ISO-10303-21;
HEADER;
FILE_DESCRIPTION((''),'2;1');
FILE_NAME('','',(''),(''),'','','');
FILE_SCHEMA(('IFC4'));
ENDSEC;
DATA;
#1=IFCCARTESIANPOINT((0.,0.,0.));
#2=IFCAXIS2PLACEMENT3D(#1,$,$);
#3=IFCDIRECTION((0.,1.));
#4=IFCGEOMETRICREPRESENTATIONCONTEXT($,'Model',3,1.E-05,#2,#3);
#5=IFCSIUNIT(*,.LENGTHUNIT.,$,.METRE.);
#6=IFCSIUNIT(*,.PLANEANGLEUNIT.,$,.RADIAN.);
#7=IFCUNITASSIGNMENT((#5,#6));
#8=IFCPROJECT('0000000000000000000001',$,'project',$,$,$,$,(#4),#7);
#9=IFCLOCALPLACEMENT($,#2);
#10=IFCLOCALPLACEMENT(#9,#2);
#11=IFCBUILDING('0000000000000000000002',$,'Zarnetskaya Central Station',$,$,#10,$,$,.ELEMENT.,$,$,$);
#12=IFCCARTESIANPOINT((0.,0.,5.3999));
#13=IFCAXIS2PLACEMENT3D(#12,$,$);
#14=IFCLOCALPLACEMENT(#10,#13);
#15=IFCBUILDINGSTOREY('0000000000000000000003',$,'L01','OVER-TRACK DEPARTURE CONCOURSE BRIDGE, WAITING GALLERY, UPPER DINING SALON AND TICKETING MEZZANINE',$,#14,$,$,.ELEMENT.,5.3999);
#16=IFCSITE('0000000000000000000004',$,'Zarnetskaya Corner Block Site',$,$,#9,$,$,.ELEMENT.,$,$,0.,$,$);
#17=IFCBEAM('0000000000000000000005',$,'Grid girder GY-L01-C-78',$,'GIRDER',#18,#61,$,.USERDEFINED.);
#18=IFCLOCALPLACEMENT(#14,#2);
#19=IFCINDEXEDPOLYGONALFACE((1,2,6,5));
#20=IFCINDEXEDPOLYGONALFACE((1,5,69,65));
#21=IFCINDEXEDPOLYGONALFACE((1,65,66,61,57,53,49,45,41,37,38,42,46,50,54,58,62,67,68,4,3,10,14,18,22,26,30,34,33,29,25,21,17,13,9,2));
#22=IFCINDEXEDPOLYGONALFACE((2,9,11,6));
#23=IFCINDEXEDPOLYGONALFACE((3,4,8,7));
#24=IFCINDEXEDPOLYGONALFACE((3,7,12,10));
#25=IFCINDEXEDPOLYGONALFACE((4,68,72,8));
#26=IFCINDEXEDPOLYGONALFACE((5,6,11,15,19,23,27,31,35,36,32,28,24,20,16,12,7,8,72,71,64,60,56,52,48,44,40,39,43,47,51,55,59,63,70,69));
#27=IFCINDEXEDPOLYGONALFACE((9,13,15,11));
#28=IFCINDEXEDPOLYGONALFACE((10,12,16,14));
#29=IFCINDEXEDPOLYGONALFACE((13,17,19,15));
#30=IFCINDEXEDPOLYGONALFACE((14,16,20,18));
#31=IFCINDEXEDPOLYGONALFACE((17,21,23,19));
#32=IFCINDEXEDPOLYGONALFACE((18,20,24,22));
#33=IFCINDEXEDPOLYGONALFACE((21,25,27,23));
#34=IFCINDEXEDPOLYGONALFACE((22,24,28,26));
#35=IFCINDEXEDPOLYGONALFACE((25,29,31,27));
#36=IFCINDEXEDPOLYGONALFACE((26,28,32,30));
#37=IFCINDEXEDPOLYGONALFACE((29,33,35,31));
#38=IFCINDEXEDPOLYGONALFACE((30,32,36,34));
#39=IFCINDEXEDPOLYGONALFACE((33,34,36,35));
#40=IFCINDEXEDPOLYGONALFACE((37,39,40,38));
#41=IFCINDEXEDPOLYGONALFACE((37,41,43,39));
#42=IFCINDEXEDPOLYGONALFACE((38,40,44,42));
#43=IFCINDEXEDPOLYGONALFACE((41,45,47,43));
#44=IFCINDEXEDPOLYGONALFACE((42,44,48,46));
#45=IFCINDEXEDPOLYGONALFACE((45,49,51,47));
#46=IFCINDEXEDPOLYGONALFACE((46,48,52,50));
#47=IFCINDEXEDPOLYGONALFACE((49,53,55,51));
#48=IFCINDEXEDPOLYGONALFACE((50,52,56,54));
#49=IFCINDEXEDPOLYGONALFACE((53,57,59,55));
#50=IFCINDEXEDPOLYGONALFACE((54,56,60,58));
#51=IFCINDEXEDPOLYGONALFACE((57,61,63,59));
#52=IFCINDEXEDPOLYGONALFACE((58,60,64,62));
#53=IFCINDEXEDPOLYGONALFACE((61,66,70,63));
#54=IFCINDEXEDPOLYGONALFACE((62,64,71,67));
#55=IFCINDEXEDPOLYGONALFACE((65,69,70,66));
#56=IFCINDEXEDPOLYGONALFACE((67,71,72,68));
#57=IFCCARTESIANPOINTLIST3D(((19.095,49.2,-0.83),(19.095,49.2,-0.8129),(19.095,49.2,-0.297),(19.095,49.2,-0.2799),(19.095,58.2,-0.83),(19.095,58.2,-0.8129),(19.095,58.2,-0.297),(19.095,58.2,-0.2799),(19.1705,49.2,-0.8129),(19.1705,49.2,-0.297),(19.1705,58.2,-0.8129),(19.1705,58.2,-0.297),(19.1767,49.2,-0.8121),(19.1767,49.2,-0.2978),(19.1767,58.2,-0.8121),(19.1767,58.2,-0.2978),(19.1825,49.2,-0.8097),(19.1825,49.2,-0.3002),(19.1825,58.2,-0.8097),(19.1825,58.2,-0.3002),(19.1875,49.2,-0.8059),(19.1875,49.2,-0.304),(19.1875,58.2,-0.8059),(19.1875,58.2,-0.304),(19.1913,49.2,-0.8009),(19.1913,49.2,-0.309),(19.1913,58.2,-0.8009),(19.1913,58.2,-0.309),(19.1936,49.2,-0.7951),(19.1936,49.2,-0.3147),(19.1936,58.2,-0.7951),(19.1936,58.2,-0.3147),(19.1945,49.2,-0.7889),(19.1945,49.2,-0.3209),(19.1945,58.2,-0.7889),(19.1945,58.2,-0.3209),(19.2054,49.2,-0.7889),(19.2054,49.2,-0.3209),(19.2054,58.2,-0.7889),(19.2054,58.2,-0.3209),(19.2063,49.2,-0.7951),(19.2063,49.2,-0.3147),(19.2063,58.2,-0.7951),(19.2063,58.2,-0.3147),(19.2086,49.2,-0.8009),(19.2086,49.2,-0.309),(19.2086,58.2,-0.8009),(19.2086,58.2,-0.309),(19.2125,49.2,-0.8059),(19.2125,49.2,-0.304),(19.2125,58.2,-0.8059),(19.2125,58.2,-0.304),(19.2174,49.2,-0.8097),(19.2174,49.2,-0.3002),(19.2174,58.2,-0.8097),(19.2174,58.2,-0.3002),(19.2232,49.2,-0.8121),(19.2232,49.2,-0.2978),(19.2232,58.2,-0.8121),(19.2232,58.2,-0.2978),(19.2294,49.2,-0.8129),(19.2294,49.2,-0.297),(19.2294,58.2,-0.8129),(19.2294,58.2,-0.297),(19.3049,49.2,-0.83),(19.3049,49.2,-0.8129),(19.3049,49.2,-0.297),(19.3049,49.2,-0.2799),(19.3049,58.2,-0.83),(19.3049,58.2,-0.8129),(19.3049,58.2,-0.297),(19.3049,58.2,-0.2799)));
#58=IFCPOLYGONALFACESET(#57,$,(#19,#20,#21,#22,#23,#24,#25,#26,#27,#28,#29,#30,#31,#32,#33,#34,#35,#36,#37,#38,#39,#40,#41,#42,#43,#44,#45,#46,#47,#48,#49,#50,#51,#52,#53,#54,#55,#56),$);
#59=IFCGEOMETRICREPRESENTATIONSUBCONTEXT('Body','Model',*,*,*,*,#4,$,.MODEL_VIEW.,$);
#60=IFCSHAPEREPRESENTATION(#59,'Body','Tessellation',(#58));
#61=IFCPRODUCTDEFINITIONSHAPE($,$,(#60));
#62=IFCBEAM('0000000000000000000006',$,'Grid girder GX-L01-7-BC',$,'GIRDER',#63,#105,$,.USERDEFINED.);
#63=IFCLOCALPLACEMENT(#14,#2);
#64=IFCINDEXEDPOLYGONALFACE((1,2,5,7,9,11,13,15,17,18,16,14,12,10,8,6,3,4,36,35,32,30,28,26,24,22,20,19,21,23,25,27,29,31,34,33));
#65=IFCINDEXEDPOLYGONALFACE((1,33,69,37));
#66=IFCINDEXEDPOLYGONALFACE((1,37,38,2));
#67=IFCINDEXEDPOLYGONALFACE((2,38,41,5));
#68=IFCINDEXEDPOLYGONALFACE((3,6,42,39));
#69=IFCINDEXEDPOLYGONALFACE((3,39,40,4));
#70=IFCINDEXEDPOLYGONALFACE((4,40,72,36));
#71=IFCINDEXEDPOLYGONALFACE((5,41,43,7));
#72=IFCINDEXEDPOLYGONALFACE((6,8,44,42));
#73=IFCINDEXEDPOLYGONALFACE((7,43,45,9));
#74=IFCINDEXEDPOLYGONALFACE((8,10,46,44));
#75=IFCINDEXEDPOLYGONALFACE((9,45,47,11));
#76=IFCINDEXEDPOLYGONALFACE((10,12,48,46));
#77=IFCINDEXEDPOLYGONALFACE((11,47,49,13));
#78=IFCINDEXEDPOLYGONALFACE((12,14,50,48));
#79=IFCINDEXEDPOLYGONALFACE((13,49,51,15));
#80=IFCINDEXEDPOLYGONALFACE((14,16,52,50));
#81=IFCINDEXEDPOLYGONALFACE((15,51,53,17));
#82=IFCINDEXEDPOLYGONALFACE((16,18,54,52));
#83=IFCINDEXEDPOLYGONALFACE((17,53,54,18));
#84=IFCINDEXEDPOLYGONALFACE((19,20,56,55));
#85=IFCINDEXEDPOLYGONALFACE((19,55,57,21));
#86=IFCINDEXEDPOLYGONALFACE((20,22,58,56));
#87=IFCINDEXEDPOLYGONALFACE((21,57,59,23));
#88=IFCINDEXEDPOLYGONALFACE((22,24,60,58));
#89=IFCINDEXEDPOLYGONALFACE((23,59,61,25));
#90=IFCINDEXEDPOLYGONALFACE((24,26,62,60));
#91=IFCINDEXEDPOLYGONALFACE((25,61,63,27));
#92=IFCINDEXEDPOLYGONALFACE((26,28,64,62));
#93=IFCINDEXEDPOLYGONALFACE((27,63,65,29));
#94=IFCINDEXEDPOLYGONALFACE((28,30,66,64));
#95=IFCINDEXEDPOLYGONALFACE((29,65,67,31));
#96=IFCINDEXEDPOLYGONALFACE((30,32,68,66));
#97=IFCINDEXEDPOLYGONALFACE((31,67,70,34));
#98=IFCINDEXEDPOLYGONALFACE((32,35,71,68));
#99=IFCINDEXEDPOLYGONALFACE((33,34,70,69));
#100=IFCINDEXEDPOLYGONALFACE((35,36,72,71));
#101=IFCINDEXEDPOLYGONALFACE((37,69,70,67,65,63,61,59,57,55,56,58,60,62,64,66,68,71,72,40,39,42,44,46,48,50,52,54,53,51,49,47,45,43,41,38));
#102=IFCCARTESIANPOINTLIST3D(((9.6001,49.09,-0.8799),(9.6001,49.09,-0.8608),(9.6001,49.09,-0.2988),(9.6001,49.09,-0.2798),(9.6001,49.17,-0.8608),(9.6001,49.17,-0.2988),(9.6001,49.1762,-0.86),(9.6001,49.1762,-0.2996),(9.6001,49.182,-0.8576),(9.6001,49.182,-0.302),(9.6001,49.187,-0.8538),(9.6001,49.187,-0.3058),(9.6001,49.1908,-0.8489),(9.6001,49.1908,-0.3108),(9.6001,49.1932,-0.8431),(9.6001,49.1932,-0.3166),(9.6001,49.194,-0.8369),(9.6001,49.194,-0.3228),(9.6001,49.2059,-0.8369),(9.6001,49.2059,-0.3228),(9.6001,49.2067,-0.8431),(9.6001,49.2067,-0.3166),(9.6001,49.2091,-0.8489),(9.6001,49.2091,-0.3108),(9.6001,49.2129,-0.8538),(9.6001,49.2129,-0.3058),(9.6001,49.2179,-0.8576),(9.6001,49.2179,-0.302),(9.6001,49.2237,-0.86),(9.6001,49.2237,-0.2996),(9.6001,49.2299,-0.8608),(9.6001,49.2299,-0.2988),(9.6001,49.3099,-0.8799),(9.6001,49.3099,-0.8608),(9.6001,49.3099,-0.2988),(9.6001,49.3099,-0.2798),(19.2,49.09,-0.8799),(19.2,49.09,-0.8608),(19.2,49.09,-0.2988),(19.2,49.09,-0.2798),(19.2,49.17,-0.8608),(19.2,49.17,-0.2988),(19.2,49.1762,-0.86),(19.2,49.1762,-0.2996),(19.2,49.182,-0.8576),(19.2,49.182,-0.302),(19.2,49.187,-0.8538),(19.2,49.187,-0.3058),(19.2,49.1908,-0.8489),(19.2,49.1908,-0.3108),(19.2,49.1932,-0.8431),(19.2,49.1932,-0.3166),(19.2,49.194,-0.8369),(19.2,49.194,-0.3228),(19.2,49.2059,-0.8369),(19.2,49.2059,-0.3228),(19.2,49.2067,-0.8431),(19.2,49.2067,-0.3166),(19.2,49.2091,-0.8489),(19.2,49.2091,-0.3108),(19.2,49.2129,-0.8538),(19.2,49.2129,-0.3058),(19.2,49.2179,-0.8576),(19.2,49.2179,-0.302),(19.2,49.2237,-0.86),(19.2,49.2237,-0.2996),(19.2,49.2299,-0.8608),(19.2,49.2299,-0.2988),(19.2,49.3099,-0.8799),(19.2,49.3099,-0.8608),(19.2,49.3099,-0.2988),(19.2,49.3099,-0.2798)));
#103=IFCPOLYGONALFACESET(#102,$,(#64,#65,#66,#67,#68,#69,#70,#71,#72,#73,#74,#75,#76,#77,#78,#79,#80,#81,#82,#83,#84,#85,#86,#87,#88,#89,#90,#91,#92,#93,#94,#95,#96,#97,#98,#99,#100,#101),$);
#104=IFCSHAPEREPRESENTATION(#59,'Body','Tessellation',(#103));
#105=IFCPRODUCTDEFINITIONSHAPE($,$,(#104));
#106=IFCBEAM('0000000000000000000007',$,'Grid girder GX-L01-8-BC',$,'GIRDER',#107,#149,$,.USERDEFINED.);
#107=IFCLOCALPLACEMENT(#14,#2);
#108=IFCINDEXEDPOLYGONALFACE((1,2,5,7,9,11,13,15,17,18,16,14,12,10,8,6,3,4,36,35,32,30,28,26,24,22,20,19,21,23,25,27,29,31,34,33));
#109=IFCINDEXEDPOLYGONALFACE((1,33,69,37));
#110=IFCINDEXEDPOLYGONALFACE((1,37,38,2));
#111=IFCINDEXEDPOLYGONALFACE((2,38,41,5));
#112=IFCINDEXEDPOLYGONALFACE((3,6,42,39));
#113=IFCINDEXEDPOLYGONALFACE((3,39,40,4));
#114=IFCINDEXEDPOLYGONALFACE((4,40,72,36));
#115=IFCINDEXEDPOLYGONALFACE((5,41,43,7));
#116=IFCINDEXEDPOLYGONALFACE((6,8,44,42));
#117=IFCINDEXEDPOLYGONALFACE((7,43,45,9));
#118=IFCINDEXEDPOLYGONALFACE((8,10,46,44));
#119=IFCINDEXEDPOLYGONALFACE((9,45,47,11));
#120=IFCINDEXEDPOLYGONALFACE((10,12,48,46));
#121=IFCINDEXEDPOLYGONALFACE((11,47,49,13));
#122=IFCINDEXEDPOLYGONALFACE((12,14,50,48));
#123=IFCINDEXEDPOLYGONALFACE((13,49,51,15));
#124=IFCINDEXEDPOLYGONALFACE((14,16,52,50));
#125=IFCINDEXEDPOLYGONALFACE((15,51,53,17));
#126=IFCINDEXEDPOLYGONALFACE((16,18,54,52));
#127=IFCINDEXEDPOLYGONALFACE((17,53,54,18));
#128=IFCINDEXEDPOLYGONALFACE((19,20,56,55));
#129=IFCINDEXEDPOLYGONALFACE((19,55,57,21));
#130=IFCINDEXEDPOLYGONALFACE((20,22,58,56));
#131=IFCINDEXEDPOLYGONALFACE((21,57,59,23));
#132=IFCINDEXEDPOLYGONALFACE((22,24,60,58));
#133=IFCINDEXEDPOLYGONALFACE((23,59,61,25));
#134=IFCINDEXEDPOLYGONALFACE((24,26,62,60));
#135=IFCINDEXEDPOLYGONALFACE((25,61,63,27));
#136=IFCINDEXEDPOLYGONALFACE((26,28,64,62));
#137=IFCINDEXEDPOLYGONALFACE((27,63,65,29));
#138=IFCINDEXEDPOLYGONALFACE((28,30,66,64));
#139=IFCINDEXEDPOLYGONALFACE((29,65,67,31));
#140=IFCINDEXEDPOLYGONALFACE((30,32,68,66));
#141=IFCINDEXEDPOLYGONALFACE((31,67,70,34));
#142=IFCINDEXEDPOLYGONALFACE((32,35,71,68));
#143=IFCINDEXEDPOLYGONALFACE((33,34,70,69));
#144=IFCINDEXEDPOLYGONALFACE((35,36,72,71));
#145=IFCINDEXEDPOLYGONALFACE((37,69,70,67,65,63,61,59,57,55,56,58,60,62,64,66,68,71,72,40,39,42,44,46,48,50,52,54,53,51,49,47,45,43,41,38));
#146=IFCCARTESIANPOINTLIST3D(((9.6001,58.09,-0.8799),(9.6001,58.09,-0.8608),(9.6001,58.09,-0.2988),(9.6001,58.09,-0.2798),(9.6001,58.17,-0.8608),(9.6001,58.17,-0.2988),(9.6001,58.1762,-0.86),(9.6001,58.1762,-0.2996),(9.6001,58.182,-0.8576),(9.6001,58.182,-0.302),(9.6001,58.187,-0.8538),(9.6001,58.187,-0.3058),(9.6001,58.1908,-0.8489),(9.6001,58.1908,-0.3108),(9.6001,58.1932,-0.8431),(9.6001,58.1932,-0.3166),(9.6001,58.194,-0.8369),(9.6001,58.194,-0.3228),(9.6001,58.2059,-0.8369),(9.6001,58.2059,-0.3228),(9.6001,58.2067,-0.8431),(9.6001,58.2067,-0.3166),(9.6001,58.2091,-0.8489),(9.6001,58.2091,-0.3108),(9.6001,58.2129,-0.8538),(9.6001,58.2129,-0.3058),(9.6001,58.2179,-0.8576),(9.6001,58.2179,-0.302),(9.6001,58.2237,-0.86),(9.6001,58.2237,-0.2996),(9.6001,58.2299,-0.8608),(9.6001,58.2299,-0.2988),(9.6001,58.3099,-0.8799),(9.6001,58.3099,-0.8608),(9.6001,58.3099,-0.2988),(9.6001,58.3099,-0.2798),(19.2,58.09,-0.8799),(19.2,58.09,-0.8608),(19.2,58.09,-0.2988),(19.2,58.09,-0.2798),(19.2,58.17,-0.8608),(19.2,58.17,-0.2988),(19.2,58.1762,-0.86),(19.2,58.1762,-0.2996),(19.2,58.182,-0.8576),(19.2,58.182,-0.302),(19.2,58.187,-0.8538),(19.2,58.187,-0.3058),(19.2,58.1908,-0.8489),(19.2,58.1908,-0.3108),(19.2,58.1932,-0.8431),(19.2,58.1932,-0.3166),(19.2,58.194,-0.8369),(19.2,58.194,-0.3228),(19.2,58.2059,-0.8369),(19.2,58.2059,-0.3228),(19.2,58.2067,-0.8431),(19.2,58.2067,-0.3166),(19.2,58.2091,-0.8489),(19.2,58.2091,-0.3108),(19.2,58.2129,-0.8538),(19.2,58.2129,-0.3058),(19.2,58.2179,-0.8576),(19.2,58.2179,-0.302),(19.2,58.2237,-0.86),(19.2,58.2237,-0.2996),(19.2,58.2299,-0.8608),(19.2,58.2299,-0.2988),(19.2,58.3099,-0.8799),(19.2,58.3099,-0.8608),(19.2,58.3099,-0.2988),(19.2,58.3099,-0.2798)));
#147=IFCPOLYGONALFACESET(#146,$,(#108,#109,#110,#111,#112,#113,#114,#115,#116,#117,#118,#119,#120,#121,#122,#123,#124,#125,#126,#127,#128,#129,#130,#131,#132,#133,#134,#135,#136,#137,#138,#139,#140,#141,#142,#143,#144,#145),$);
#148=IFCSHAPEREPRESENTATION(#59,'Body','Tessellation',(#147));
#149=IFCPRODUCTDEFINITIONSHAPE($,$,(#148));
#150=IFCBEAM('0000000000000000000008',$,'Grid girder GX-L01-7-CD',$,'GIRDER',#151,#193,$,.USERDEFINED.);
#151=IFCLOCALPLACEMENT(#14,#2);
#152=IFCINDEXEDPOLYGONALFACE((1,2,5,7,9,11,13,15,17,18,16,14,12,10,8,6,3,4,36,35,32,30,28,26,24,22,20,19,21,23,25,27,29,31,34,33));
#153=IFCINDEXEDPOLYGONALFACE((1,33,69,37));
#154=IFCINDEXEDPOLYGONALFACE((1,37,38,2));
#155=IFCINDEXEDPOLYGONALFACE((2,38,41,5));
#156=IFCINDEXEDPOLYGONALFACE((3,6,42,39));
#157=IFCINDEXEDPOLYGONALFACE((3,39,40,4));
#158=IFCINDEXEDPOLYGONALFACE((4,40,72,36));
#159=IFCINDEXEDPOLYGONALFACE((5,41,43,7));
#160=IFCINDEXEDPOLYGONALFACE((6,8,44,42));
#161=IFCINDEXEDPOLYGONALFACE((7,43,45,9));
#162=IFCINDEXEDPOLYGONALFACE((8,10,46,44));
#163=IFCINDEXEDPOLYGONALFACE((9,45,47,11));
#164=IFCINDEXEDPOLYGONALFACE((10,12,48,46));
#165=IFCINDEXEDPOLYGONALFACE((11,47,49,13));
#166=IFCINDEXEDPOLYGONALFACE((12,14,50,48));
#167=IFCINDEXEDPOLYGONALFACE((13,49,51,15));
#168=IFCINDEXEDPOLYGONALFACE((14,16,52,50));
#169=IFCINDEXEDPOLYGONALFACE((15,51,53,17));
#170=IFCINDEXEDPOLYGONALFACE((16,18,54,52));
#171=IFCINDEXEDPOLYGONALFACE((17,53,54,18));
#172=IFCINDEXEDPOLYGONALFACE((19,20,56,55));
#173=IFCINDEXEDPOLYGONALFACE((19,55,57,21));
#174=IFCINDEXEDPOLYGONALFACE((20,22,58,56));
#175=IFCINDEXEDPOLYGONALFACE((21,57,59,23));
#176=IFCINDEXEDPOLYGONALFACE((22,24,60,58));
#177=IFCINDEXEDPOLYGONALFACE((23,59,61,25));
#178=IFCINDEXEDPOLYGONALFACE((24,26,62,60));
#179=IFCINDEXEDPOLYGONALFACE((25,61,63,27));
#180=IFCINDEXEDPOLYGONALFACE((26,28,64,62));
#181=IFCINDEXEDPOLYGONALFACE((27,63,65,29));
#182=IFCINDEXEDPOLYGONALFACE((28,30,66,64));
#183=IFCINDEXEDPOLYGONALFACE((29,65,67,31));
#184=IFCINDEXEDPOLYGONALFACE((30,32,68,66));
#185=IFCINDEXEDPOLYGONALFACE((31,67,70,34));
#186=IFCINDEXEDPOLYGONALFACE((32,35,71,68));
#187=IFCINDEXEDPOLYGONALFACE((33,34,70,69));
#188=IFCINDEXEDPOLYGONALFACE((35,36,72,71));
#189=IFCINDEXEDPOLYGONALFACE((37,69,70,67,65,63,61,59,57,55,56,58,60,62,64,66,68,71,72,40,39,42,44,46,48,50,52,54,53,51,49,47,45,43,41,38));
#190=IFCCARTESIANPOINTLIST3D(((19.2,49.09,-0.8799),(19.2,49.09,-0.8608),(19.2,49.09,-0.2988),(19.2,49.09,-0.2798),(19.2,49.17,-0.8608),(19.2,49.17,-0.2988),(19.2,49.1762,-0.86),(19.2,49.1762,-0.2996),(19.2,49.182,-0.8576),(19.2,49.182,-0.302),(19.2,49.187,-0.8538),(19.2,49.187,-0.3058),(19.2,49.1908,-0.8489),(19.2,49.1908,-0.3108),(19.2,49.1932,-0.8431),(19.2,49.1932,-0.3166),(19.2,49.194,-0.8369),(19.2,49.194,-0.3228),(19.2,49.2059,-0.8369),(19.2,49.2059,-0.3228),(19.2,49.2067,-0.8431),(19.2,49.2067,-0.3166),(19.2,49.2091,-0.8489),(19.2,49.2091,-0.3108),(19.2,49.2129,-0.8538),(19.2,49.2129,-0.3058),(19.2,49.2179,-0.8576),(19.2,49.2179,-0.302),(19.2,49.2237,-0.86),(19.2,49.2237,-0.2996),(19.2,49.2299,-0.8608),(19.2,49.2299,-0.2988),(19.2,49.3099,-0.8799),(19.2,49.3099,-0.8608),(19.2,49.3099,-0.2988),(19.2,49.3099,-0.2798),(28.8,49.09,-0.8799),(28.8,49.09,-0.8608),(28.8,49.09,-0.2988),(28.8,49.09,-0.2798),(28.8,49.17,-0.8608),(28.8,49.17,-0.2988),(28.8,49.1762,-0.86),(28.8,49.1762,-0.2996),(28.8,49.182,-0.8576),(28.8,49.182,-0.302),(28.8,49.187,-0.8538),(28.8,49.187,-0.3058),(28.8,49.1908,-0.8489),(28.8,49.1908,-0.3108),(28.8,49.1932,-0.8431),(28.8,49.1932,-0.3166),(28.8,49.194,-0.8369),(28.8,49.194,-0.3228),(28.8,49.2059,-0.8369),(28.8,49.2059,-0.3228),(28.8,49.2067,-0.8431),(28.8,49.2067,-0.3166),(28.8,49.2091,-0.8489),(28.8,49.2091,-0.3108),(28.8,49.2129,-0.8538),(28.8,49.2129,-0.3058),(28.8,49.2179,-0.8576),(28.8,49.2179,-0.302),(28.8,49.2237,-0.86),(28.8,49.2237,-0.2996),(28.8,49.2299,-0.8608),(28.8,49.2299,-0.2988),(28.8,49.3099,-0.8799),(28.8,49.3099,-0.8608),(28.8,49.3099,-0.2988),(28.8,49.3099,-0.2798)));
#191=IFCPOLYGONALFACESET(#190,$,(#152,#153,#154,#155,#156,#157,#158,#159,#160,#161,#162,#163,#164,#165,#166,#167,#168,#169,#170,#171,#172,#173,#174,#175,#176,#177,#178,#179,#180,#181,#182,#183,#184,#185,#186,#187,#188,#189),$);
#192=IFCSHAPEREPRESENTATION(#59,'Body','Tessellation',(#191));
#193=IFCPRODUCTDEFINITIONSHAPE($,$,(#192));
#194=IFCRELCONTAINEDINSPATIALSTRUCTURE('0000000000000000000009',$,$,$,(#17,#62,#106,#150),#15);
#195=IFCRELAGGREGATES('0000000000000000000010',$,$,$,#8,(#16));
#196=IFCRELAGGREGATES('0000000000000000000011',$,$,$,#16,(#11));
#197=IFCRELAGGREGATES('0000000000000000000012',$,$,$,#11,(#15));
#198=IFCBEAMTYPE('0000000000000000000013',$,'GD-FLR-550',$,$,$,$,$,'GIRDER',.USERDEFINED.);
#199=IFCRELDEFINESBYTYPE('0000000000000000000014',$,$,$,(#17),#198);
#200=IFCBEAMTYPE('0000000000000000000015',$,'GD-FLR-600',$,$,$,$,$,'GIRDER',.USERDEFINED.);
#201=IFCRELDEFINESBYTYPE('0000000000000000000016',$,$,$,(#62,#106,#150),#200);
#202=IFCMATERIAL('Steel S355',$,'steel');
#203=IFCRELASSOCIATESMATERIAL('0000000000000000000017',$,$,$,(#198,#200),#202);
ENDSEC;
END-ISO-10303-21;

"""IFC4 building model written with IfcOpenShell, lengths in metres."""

from ifc_helpers import new_model, si_unit, direction, frame, origin, origin_2d, place, context, subcontext, project, spatial, i_section, extrude, material, material_profile, profile_set, type_object, element, save


model = new_model("IFC4")

# Units and contexts
model_context = context("Model", 3, precision=1e-05, world=origin(), true_north=direction((0.0, 1.0)))
body_context = subcontext(model_context, "Body", "Model", "MODEL_VIEW")
ifc_project = project(units=[si_unit("LENGTHUNIT", "METRE"), si_unit("PLANEANGLEUNIT", "RADIAN")], contexts=[model_context])

# Site, building, storey
site_placement = place(None, origin())
site = spatial("IfcSite", under=ifc_project, at=site_placement, Name="Zarnetskaya Corner Block Site", CompositionType="ELEMENT", RefElevation=0.0)
building_placement = place(site_placement, origin())
building = spatial("IfcBuilding", under=site, at=building_placement, Name="Zarnetskaya Central Station", CompositionType="ELEMENT")
storey_placement = place(building_placement, frame((0.0, 0.0, 5.3999)))
storey = spatial("IfcBuildingStorey", under=building, at=storey_placement, Name="L01", Description="OVER-TRACK DEPARTURE CONCOURSE BRIDGE, WAITING GALLERY, UPPER DINING SALON AND TICKETING MEZZANINE", CompositionType="ELEMENT", Elevation=5.3999)

# Shared definitions
ifc_material_1 = material(Name="Steel S355", Category="steel")

# Beams
ifc_material_profile_1 = material_profile(ifc_material_1, i_section(OverallWidth=0.21, OverallDepth=0.55, WebThickness=0.011, FlangeThickness=0.0171, FilletRadius=0.0239, at=origin_2d()), Name="IPE 550")
ifc_profile_set_1 = profile_set([ifc_material_profile_1], Name="Steel S355")
beam_type_1 = type_object("IfcBeamType", Name="GD-FLR-550", ElementType="GIRDER", PredefinedType="USERDEFINED", material=ifc_profile_set_1)
for number, where, z_axis, x_axis, name in (
    (1, (19.2, 49.2, -0.5549), (0.0, 1.0, 0.0), (-1.0, 0.0, 0.0), "Grid girder GY-L01-C-78"),
):
    element("IfcBeam", number, at=place(storey_placement, frame(where, z_axis=z_axis, x_axis=x_axis)), inside=storey, type_object=beam_type_1, Name=name, ObjectType="GIRDER", PredefinedType="USERDEFINED", context=body_context, shape_type="SweptSolid", body=[
        extrude(i_section(OverallWidth=0.21, OverallDepth=0.55, WebThickness=0.011, FlangeThickness=0.0171, FilletRadius=0.0239, at=origin_2d()), origin(), (0.0, 0.0, 1.0), 9.0),
    ])
ifc_material_profile_2 = material_profile(ifc_material_1, i_section(OverallWidth=0.22, OverallDepth=0.6001, WebThickness=0.012, FlangeThickness=0.019, FilletRadius=0.0239, at=origin_2d()), Name="IPE 600")
ifc_profile_set_2 = profile_set([ifc_material_profile_2], Name="Steel S355")
beam_type_2 = type_object("IfcBeamType", Name="GD-FLR-600", ElementType="GIRDER", PredefinedType="USERDEFINED", material=ifc_profile_set_2)
for number, where, z_axis, x_axis, name in (
    (2, (9.6001, 49.2, -0.5798), (1.0, 0.0, 0.0), (0.0, 1.0, 0.0), "Grid girder GX-L01-7-BC"),
    (3, (9.6001, 58.2, -0.5798), (1.0, 0.0, 0.0), (0.0, 1.0, 0.0), "Grid girder GX-L01-8-BC"),
):
    element("IfcBeam", number, at=place(storey_placement, frame(where, z_axis=z_axis, x_axis=x_axis)), inside=storey, type_object=beam_type_2, Name=name, ObjectType="GIRDER", PredefinedType="USERDEFINED", context=body_context, shape_type="SweptSolid", body=[
        extrude(i_section(OverallWidth=0.22, OverallDepth=0.6001, WebThickness=0.012, FlangeThickness=0.019, FilletRadius=0.0239, at=origin_2d()), origin(), (0.0, 0.0, 1.0), 9.5999),
    ])
beam_placement = place(storey_placement, frame((19.2, 49.2, -0.5798), z_axis=(1.0, 0.0, 0.0), x_axis=(0.0, 1.0, 0.0)))
element("IfcBeam", 4, at=beam_placement, inside=storey, type_object=beam_type_2, Name="Grid girder GX-L01-7-CD", ObjectType="GIRDER", PredefinedType="USERDEFINED", context=body_context, shape_type="SweptSolid", body=[
    extrude(i_section(OverallWidth=0.22, OverallDepth=0.6001, WebThickness=0.012, FlangeThickness=0.019, FilletRadius=0.0239, at=origin_2d()), origin(), (0.0, 0.0, 1.0), 9.6001),
])

save(model, "model.ifc")
